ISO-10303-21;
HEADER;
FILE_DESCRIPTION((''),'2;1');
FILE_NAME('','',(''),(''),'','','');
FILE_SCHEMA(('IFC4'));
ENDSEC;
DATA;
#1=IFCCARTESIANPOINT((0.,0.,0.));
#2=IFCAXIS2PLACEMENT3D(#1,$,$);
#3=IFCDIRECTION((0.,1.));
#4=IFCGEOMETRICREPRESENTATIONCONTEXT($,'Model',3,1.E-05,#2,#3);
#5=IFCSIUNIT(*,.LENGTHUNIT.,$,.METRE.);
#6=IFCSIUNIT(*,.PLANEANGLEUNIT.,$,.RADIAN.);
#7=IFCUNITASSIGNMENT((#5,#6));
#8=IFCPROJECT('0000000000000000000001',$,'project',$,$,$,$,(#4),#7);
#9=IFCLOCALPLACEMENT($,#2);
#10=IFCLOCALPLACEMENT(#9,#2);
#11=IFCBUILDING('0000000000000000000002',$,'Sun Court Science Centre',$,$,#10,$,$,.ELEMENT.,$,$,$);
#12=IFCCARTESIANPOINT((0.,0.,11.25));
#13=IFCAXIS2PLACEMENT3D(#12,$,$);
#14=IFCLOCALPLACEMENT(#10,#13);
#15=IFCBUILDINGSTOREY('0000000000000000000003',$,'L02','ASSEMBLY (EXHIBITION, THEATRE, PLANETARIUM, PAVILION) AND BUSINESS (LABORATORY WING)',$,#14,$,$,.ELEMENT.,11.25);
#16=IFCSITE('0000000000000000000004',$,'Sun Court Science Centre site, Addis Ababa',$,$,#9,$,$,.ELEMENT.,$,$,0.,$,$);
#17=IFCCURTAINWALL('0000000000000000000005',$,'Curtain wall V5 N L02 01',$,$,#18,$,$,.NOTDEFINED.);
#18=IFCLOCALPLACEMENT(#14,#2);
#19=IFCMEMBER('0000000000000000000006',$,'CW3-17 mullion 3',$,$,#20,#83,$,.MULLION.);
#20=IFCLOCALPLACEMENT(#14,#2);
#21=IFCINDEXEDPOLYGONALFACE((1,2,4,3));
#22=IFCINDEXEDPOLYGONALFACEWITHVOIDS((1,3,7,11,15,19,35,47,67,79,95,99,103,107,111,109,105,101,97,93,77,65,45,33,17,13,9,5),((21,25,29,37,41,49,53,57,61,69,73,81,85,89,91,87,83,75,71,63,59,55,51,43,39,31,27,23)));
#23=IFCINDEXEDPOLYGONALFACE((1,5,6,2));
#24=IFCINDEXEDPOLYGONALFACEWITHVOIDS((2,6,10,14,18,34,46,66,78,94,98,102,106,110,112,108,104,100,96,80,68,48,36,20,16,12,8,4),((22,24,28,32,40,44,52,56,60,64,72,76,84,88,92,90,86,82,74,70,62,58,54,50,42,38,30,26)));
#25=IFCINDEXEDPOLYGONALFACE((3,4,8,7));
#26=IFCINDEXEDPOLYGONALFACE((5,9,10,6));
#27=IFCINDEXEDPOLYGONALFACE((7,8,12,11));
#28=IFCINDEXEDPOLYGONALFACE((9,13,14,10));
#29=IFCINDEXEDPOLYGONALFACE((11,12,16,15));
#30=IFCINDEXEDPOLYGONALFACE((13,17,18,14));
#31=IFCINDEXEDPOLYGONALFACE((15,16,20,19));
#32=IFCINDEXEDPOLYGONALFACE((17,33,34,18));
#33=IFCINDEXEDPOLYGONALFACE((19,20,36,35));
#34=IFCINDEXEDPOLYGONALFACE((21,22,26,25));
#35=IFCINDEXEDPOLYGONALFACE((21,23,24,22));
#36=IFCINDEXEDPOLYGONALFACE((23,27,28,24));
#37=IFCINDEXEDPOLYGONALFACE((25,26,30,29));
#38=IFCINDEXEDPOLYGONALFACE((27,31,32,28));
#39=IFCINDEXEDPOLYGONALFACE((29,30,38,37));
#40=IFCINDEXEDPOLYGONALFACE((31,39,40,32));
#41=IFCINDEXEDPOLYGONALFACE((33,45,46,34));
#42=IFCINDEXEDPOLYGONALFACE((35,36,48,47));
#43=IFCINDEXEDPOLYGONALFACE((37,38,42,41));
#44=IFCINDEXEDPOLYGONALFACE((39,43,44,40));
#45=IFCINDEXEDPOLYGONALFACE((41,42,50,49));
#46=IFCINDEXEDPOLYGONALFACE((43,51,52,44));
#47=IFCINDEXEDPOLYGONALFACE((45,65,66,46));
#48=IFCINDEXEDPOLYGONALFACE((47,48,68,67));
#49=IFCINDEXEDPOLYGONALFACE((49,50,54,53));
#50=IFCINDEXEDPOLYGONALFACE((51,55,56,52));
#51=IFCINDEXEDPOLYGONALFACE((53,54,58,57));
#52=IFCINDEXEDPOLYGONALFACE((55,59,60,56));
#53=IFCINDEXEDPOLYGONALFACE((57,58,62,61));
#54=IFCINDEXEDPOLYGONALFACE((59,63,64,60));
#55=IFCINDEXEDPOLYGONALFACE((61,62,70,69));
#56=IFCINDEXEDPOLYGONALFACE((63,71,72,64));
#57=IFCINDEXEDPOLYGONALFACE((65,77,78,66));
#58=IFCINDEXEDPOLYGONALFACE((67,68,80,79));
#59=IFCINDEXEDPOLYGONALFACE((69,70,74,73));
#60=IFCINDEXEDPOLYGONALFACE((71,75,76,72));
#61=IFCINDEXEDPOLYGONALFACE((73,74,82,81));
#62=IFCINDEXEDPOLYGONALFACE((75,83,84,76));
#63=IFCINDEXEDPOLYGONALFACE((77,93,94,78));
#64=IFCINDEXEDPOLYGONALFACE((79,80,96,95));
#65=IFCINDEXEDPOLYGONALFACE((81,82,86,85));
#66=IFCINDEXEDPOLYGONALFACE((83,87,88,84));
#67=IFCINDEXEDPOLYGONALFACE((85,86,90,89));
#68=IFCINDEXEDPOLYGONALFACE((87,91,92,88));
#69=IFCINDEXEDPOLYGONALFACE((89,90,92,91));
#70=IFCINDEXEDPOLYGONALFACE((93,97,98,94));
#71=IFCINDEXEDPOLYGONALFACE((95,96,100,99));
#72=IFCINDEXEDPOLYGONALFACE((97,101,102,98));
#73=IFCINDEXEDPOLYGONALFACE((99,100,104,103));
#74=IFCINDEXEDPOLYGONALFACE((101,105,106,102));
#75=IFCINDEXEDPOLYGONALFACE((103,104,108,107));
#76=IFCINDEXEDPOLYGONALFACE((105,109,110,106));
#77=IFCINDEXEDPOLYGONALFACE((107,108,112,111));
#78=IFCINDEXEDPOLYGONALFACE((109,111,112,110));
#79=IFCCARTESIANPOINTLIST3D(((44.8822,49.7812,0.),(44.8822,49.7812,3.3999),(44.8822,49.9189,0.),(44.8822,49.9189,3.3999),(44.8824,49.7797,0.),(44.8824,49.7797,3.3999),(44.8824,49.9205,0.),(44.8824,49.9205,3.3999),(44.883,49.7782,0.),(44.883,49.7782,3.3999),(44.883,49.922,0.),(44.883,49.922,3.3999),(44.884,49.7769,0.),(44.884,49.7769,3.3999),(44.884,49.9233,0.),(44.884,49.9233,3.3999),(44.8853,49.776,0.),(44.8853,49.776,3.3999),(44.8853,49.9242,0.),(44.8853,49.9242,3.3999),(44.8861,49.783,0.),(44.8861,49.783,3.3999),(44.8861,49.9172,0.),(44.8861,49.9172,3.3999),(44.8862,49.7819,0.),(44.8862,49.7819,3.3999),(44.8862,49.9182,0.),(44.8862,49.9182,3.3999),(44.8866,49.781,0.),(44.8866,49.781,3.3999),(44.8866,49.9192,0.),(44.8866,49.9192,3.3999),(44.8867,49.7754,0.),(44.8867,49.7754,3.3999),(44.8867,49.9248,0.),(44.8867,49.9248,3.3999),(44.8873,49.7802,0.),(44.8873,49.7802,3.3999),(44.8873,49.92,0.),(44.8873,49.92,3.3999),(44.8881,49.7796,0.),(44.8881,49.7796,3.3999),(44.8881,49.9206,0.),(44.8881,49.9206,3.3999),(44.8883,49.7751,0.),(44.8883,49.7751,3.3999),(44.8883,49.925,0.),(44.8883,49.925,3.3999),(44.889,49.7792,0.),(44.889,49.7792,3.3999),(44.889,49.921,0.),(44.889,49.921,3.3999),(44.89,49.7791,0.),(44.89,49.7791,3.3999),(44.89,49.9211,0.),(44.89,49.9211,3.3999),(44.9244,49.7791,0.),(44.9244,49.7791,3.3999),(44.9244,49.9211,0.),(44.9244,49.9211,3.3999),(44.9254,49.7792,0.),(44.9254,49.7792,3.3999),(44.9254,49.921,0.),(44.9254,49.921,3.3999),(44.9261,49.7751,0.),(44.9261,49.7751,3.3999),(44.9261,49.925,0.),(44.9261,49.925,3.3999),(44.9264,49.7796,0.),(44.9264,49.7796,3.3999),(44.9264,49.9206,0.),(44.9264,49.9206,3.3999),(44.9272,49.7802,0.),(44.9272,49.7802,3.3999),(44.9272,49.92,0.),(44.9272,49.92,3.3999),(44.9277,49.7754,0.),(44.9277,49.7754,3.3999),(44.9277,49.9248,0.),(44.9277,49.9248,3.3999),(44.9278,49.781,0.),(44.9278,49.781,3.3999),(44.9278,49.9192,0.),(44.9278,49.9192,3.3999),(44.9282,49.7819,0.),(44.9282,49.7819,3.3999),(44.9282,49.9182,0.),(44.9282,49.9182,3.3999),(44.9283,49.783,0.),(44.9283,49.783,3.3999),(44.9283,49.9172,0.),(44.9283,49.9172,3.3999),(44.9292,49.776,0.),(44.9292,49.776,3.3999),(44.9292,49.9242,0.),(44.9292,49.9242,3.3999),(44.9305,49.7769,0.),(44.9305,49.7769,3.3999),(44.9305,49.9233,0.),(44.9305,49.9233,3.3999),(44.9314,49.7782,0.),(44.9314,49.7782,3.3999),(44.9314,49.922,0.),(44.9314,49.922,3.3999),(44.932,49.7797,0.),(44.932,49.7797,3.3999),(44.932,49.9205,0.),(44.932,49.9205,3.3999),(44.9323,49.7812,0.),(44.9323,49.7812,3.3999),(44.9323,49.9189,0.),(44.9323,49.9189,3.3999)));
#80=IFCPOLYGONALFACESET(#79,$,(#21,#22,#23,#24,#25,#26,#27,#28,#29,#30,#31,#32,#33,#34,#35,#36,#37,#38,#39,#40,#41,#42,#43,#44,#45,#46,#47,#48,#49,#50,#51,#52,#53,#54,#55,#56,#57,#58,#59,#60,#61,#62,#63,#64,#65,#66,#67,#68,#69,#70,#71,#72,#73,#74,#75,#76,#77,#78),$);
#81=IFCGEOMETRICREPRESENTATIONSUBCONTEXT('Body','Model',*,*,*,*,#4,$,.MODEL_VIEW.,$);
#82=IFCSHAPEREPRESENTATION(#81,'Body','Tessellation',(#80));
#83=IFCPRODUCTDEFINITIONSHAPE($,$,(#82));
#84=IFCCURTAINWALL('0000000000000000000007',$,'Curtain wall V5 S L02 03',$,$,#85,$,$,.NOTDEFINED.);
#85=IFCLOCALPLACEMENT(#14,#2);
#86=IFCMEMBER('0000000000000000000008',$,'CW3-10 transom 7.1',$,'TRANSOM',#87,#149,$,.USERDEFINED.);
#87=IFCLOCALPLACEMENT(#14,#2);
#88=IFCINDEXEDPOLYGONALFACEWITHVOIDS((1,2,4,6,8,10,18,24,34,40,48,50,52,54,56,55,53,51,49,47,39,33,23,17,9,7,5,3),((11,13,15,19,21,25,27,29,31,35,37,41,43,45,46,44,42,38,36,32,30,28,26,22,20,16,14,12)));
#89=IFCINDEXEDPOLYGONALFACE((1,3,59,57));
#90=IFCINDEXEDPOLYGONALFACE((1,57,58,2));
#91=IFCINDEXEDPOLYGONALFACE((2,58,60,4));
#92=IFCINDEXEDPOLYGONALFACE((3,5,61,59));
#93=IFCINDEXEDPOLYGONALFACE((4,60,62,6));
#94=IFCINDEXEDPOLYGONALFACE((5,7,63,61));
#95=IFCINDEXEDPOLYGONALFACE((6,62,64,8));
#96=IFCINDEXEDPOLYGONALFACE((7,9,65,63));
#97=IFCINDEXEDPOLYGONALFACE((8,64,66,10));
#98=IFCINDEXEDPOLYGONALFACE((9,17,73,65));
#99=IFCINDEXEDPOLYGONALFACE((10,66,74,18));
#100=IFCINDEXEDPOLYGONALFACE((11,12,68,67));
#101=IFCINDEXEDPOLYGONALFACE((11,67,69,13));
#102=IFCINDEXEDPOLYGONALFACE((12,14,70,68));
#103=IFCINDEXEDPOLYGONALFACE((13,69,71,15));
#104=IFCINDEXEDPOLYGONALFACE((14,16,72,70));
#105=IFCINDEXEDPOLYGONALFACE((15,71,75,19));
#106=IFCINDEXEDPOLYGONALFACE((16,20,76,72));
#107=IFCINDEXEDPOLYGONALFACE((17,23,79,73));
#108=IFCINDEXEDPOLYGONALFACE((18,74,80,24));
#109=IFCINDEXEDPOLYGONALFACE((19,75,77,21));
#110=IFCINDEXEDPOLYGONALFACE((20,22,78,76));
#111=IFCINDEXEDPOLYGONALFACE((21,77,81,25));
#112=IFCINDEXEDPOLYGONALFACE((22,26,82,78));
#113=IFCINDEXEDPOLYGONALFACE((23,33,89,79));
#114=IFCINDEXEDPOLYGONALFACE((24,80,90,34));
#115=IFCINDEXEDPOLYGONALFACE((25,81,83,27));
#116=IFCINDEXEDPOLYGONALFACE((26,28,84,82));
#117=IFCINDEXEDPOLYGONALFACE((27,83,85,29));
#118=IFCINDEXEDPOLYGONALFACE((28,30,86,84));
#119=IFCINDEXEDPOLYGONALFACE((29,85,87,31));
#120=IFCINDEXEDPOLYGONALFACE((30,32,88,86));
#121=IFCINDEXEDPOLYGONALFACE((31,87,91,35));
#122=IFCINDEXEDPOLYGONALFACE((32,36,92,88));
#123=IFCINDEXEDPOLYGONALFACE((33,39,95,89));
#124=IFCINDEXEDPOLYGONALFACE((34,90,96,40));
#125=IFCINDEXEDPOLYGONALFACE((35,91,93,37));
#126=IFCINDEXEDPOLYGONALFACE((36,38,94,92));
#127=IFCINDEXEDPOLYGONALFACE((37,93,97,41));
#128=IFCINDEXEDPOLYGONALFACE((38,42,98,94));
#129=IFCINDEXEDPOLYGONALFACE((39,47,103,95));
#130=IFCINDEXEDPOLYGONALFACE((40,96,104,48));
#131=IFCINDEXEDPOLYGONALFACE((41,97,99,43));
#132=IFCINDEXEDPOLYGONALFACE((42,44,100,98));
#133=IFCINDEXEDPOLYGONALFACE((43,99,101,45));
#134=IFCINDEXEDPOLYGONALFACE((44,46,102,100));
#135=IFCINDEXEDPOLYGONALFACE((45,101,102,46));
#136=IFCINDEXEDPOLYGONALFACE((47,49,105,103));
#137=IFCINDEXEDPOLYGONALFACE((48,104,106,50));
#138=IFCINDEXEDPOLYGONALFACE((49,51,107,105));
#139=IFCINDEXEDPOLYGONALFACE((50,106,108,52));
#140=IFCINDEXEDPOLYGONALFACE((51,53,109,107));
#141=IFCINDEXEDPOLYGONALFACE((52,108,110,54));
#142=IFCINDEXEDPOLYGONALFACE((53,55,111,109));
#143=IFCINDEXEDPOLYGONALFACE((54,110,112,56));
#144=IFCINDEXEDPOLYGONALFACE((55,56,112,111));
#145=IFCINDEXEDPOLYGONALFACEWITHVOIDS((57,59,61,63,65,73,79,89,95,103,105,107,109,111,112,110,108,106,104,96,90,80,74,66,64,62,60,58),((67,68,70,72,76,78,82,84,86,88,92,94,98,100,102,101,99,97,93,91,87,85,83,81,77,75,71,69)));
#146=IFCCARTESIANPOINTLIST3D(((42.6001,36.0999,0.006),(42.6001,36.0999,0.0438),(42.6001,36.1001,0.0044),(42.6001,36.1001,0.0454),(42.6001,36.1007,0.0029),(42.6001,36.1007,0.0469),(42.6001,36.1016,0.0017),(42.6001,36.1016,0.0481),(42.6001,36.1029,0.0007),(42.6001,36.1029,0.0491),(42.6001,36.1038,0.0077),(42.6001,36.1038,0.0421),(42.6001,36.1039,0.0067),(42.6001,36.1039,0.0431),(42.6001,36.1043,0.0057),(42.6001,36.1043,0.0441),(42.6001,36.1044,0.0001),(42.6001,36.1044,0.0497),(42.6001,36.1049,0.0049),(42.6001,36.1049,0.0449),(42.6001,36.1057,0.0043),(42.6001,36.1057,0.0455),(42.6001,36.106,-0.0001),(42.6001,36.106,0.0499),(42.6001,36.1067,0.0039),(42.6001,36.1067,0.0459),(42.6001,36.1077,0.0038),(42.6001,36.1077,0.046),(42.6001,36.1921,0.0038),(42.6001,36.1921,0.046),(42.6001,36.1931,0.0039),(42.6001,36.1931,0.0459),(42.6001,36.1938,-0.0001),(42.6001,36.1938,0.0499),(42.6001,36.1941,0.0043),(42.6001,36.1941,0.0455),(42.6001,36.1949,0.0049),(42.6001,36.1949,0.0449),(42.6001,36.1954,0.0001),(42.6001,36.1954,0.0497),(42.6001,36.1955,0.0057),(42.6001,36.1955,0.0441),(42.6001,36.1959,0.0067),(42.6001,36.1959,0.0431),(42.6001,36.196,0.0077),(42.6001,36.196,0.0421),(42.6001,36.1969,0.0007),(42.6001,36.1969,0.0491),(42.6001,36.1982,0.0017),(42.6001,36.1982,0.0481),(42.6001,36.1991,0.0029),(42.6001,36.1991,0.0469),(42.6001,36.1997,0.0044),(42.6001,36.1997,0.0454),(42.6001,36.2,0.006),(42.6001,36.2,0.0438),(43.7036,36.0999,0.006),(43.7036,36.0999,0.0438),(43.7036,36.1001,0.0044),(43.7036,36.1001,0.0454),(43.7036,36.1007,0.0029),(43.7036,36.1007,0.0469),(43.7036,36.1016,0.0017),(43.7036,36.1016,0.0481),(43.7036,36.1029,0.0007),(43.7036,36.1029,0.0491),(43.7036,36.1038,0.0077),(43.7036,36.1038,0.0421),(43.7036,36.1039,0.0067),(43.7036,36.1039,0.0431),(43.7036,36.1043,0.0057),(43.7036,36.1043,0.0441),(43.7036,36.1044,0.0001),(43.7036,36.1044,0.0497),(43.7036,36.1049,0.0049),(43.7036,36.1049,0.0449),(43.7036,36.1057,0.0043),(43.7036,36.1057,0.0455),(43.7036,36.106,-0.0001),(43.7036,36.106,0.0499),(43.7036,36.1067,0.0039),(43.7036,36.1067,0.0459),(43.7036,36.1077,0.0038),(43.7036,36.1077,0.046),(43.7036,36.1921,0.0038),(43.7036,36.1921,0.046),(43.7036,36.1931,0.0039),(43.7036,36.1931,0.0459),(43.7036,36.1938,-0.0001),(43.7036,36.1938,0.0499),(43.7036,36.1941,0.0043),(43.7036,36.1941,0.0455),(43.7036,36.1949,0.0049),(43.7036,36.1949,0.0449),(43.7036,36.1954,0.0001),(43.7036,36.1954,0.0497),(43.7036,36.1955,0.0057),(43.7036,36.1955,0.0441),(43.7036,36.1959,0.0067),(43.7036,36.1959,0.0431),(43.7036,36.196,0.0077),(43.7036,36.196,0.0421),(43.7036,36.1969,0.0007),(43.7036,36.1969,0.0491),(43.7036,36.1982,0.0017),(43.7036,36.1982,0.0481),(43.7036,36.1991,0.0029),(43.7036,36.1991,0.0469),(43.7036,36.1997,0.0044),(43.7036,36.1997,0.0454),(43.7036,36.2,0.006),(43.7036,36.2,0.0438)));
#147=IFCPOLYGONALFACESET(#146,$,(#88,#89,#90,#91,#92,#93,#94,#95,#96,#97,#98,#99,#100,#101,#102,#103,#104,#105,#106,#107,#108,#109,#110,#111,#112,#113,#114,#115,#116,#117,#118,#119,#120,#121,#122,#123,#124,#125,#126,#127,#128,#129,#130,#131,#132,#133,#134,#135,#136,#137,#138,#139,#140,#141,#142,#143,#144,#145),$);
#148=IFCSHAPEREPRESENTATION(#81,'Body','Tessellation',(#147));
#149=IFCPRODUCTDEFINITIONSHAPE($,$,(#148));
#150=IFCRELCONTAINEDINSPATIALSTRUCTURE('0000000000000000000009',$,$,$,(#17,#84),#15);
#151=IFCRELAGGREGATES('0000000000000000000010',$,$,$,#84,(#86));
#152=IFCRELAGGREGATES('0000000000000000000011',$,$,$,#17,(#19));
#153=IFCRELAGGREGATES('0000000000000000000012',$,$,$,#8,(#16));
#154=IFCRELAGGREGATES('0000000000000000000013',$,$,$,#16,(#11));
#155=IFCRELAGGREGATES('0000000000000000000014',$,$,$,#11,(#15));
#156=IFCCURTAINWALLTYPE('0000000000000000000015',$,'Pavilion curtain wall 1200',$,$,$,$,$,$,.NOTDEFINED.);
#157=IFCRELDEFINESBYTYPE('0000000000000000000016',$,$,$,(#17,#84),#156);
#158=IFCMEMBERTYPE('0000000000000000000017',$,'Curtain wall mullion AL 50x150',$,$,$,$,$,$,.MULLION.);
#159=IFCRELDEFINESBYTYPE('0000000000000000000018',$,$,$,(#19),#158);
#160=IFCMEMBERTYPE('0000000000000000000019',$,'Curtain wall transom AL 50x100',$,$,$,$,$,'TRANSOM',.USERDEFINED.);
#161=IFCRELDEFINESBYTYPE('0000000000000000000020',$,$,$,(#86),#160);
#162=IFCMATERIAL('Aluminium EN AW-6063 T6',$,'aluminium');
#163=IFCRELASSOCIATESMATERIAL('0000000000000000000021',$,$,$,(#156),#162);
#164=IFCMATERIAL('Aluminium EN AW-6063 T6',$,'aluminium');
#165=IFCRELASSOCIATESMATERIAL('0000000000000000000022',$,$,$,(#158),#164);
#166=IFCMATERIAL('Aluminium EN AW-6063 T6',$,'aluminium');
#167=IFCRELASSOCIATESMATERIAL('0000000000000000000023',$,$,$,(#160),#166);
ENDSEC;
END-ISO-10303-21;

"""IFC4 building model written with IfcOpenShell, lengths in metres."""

from ifc_helpers import new_model, si_unit, direction, frame, origin, origin_2d, place, context, subcontext, project, spatial, hollow_rectangle, extrude, material, material_profile, profile_set, type_object, element, aggregate, save


model = new_model("IFC4")

# Units and contexts
model_context = context("Model", 3, precision=1e-05, world=origin(), true_north=direction((0.0, 1.0)))
body_context = subcontext(model_context, "Body", "Model", "MODEL_VIEW")
ifc_project = project(units=[si_unit("LENGTHUNIT", "METRE"), si_unit("PLANEANGLEUNIT", "RADIAN")], contexts=[model_context])

# Site, building, storey
site_placement = place(None, origin())
site = spatial("IfcSite", under=ifc_project, at=site_placement, Name="Sun Court Science Centre site, Addis Ababa", CompositionType="ELEMENT", RefElevation=0.0)
building_placement = place(site_placement, origin())
building = spatial("IfcBuilding", under=site, at=building_placement, Name="Sun Court Science Centre", CompositionType="ELEMENT")
storey_placement = place(building_placement, frame((0.0, 0.0, 11.25)))
storey = spatial("IfcBuildingStorey", under=building, at=storey_placement, Name="L02", Description="ASSEMBLY (EXHIBITION, THEATRE, PLANETARIUM, PAVILION) AND BUSINESS (LABORATORY WING)", CompositionType="ELEMENT", Elevation=11.25)

# Curtain walls, members
ifc_material_1 = material(Name="Aluminium EN AW-6063 T6", Category="aluminium")
curtain_wall_type = type_object("IfcCurtainWallType", Name="Pavilion curtain wall 1200", PredefinedType="NOTDEFINED", material=ifc_material_1)
curtain_wall_1_placement = place(storey_placement, origin())
curtain_wall_1 = element("IfcCurtainWall", 1, at=curtain_wall_1_placement, inside=storey, type_object=curtain_wall_type, Name="Curtain wall V5 N L02 01", PredefinedType="NOTDEFINED")
ifc_material_2 = material(Name="Aluminium EN AW-6063 T6", Category="aluminium")
ifc_material_profile_1 = material_profile(ifc_material_2, hollow_rectangle(XDim=0.05, YDim=0.1499, WallThickness=0.0039, InnerFilletRadius=0.0039, OuterFilletRadius=0.0061, at=origin_2d()), Name="AL 50x150x4")
ifc_profile_set_1 = profile_set([ifc_material_profile_1], Name="Aluminium EN AW-6063 T6")
member_type_1 = type_object("IfcMemberType", Name="Curtain wall mullion AL 50x150", PredefinedType="MULLION", material=ifc_profile_set_1)
member_1_placement = place(storey_placement, frame((44.9072, 49.8501, 0.0), z_axis=(0.0, 0.0, 1.0), x_axis=(1.0, 0.0, 0.0)))
member_1 = element("IfcMember", 2, at=member_1_placement, type_object=member_type_1, Name="CW3-17 mullion 3", PredefinedType="MULLION", context=body_context, shape_type="SweptSolid", body=[
    extrude(hollow_rectangle(XDim=0.05, YDim=0.1499, WallThickness=0.0039, InnerFilletRadius=0.0039, OuterFilletRadius=0.0061, at=origin_2d()), origin(), (0.0, 0.0, 1.0), 3.3999),
])
curtain_wall_2_placement = place(storey_placement, origin())
curtain_wall_2 = element("IfcCurtainWall", 3, at=curtain_wall_2_placement, inside=storey, type_object=curtain_wall_type, Name="Curtain wall V5 S L02 03", PredefinedType="NOTDEFINED")
ifc_material_3 = material(Name="Aluminium EN AW-6063 T6", Category="aluminium")
ifc_material_profile_2 = material_profile(ifc_material_3, hollow_rectangle(XDim=0.05, YDim=0.1001, WallThickness=0.0039, InnerFilletRadius=0.0039, OuterFilletRadius=0.0061, at=origin_2d()), Name="AL 50x100x4")
ifc_profile_set_2 = profile_set([ifc_material_profile_2], Name="Aluminium EN AW-6063 T6")
member_type_2 = type_object("IfcMemberType", Name="Curtain wall transom AL 50x100", ElementType="TRANSOM", PredefinedType="USERDEFINED", material=ifc_profile_set_2)
member_2_placement = place(storey_placement, frame((43.7036, 36.1499, 0.0249), z_axis=(-1.0, 0.0, 0.0), x_axis=(0.0, 0.0, 1.0)))
member_2 = element("IfcMember", 4, at=member_2_placement, type_object=member_type_2, Name="CW3-10 transom 7.1", ObjectType="TRANSOM", PredefinedType="USERDEFINED", context=body_context, shape_type="SweptSolid", body=[
    extrude(hollow_rectangle(XDim=0.05, YDim=0.1001, WallThickness=0.0039, InnerFilletRadius=0.0039, OuterFilletRadius=0.0061, at=origin_2d()), origin(), (0.0, 0.0, 1.0), 1.1035),
])

aggregate(curtain_wall_2, [member_2])
aggregate(curtain_wall_1, [member_1])

save(model, "model.ifc")
